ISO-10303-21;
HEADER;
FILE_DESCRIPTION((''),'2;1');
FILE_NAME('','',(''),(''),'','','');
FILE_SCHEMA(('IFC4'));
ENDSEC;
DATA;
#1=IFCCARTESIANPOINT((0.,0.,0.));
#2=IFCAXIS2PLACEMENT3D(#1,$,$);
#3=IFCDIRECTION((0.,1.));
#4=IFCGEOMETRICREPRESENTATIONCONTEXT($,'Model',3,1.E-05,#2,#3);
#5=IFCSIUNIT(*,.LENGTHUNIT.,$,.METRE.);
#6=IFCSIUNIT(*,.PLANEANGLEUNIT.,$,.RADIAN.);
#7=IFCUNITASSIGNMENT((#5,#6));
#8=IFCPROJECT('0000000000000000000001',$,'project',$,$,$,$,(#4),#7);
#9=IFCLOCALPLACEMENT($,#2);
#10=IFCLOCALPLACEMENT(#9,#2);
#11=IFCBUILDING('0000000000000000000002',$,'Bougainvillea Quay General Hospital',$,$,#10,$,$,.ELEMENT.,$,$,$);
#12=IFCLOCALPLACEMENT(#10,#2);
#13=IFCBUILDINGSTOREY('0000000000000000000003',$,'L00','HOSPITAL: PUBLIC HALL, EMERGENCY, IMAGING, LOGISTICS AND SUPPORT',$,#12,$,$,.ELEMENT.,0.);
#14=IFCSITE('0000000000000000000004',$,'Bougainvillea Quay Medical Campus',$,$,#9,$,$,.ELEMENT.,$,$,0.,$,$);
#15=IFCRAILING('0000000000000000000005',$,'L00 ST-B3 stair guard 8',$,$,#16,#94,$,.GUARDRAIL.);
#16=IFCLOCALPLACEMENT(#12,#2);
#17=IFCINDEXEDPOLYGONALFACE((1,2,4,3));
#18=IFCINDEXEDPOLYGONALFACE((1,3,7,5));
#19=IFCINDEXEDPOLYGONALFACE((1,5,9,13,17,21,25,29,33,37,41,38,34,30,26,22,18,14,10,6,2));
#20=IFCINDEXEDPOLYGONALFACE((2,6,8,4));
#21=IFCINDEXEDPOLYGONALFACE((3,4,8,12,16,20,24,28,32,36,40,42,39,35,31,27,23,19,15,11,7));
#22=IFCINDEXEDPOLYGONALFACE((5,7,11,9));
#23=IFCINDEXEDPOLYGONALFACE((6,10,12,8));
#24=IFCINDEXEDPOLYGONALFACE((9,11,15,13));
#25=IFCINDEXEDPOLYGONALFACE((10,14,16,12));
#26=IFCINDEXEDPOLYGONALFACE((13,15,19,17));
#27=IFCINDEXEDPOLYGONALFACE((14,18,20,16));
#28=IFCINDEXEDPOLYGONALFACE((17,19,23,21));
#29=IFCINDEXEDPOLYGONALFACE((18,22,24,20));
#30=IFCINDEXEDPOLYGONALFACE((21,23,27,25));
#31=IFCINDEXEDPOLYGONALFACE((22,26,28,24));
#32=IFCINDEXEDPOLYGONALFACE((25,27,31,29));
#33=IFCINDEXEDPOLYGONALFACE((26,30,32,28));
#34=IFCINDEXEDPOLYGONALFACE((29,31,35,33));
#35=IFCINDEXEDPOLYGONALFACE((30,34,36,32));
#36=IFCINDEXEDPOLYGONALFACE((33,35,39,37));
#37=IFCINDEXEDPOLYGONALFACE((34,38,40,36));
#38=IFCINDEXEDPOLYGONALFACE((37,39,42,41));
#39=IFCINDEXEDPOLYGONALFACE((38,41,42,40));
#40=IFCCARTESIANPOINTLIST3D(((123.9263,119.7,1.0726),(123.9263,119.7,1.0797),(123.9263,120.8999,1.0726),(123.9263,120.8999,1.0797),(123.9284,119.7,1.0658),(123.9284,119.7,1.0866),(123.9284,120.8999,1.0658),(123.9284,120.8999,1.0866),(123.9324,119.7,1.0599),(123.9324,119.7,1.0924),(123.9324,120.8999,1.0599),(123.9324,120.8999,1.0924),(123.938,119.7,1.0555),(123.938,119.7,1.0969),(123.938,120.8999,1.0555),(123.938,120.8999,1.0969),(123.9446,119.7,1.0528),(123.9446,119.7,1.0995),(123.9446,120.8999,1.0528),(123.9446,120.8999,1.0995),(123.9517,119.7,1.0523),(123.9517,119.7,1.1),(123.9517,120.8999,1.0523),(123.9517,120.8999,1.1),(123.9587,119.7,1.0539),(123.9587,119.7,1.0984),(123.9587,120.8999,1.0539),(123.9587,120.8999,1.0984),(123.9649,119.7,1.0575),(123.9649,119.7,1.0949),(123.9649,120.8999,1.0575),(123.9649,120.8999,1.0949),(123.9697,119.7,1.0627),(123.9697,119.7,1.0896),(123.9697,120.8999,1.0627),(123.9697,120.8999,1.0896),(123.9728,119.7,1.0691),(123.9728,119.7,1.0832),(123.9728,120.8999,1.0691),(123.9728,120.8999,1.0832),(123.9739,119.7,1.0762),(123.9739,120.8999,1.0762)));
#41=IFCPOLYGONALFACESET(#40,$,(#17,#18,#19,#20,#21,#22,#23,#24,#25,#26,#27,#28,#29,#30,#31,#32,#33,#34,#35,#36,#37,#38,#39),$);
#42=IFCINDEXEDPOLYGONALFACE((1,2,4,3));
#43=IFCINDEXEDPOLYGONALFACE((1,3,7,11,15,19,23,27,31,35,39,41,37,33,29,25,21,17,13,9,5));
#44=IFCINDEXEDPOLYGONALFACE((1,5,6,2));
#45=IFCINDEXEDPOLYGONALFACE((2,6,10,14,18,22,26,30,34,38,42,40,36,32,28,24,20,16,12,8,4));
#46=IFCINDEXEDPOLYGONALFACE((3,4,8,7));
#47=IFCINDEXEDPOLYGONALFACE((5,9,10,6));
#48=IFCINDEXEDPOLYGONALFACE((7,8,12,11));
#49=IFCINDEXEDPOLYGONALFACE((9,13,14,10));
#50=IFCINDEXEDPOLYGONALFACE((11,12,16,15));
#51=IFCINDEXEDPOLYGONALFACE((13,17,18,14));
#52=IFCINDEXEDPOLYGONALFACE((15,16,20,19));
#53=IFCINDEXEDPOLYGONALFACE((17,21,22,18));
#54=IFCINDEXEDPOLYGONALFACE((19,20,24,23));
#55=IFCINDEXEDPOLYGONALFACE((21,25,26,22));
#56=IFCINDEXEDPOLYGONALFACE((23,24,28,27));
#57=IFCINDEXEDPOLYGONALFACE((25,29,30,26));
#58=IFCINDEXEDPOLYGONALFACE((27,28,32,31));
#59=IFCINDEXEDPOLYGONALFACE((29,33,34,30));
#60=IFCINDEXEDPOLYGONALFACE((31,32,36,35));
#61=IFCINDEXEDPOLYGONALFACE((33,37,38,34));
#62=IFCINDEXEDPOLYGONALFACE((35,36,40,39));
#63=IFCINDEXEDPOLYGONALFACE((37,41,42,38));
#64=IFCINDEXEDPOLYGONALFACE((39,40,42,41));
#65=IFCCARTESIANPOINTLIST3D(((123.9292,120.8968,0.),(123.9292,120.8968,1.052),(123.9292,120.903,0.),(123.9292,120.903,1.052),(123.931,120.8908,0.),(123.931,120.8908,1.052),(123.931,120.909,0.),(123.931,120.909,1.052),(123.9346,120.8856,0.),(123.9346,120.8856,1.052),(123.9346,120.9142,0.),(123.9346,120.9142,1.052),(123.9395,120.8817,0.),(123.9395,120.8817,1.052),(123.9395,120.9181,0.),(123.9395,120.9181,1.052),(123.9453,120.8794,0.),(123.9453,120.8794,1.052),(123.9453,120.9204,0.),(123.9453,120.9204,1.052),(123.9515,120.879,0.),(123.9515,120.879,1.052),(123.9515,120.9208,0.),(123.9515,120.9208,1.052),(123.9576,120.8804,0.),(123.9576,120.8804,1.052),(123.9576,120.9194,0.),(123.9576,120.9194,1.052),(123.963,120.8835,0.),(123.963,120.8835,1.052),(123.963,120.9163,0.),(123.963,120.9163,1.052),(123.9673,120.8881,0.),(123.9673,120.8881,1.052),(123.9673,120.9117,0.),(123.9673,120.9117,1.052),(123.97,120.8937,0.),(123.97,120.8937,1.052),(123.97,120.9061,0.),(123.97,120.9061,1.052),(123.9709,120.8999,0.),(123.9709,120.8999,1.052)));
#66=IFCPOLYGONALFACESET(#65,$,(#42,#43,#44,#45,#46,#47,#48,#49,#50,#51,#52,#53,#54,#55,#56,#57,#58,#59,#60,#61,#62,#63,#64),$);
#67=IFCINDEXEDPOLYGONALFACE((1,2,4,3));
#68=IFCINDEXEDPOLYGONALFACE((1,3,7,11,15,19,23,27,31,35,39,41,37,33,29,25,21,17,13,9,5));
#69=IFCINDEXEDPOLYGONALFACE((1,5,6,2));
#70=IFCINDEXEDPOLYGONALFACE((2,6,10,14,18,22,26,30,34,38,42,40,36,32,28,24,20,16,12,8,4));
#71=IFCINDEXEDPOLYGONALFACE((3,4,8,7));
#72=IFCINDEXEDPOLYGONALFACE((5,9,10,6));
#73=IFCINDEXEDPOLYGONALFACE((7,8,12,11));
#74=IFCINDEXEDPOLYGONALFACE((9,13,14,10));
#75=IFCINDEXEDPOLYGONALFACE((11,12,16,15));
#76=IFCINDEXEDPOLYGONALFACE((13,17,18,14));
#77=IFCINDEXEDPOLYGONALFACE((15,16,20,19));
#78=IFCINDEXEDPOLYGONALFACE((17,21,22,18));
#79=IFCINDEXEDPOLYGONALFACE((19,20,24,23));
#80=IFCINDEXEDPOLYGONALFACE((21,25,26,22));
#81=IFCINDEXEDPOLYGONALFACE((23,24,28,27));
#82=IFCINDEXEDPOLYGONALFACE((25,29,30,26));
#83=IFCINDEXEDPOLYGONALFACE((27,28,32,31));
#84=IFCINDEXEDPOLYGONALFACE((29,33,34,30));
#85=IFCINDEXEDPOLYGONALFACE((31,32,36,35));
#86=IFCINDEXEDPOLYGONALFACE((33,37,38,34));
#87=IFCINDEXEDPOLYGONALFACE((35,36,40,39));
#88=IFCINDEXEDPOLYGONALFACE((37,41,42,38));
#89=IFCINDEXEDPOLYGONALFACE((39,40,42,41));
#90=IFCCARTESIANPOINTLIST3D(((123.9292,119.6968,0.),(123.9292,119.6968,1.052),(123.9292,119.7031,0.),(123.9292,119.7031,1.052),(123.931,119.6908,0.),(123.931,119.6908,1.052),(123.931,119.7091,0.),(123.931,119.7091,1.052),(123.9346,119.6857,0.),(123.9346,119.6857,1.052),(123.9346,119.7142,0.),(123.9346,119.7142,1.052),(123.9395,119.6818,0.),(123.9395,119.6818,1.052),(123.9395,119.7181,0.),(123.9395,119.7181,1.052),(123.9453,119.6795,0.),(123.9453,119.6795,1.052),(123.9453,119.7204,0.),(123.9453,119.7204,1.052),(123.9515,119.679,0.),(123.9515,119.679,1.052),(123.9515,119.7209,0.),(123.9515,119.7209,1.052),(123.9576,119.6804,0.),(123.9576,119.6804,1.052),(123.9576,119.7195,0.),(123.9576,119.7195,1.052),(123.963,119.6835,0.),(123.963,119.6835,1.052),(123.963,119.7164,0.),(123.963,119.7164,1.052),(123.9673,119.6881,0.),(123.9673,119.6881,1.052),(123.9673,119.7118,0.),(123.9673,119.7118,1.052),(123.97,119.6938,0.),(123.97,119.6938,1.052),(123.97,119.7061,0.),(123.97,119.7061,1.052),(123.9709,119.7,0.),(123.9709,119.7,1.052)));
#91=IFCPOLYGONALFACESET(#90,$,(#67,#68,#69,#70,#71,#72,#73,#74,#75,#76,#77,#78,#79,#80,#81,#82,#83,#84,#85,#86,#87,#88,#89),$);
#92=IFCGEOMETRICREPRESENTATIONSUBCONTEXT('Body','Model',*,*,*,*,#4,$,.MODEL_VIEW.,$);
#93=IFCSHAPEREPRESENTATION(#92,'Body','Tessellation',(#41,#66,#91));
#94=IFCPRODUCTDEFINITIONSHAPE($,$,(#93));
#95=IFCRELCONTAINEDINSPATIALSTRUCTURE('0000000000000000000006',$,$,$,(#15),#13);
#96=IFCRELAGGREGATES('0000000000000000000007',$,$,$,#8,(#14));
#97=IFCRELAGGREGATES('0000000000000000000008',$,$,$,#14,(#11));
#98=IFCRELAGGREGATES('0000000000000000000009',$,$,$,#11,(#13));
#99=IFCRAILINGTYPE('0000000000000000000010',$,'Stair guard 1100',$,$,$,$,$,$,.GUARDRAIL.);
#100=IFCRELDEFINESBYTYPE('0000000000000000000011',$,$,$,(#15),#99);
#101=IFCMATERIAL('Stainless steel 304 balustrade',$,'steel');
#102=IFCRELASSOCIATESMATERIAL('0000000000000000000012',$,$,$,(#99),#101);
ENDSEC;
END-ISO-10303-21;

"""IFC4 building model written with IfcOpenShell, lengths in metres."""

from ifc_helpers import new_model, si_unit, direction, frame, origin, origin_2d, place, context, subcontext, project, spatial, circle, extrude, material, type_object, element, save


model = new_model("IFC4")

# Units and contexts
model_context = context("Model", 3, precision=1e-05, world=origin(), true_north=direction((0.0, 1.0)))
body_context = subcontext(model_context, "Body", "Model", "MODEL_VIEW")
ifc_project = project(units=[si_unit("LENGTHUNIT", "METRE"), si_unit("PLANEANGLEUNIT", "RADIAN")], contexts=[model_context])

# Site, building, storey
site_placement = place(None, origin())
site = spatial("IfcSite", under=ifc_project, at=site_placement, Name="Bougainvillea Quay Medical Campus", CompositionType="ELEMENT", RefElevation=0.0)
building_placement = place(site_placement, origin())
building = spatial("IfcBuilding", under=site, at=building_placement, Name="Bougainvillea Quay General Hospital", CompositionType="ELEMENT")
storey_placement = place(building_placement, origin())
storey = spatial("IfcBuildingStorey", under=building, at=storey_placement, Name="L00", Description="HOSPITAL: PUBLIC HALL, EMERGENCY, IMAGING, LOGISTICS AND SUPPORT", CompositionType="ELEMENT", Elevation=0.0)

# Railing
ifc_material_1 = material(Name="Stainless steel 304 balustrade", Category="steel")
railing_type_1 = type_object("IfcRailingType", Name="Stair guard 1100", PredefinedType="GUARDRAIL", material=ifc_material_1)
railing_1_placement = place(storey_placement, frame((123.95, 120.8999, 0.0)))
element("IfcRailing", 1, at=railing_1_placement, inside=storey, type_object=railing_type_1, Name="L00 ST-B3 stair guard 8", PredefinedType="GUARDRAIL", context=body_context, shape_type="SweptSolid", body=[
    extrude(circle(Radius=0.0239, at=origin_2d()), frame((0.0, 0.0, 1.0762), z_axis=(0.0, -1.0, 0.0), x_axis=(1.0, 0.0, 0.0)), (0.0, 0.0, 1.0), 1.2),
    extrude(circle(Radius=0.021, at=origin_2d()), origin(), (0.0, 0.0, 1.0), 1.052),
    extrude(circle(Radius=0.021, at=origin_2d()), frame((0.0, -1.2, 0.0)), (0.0, 0.0, 1.0), 1.052),
])

save(model, "model.ifc")
